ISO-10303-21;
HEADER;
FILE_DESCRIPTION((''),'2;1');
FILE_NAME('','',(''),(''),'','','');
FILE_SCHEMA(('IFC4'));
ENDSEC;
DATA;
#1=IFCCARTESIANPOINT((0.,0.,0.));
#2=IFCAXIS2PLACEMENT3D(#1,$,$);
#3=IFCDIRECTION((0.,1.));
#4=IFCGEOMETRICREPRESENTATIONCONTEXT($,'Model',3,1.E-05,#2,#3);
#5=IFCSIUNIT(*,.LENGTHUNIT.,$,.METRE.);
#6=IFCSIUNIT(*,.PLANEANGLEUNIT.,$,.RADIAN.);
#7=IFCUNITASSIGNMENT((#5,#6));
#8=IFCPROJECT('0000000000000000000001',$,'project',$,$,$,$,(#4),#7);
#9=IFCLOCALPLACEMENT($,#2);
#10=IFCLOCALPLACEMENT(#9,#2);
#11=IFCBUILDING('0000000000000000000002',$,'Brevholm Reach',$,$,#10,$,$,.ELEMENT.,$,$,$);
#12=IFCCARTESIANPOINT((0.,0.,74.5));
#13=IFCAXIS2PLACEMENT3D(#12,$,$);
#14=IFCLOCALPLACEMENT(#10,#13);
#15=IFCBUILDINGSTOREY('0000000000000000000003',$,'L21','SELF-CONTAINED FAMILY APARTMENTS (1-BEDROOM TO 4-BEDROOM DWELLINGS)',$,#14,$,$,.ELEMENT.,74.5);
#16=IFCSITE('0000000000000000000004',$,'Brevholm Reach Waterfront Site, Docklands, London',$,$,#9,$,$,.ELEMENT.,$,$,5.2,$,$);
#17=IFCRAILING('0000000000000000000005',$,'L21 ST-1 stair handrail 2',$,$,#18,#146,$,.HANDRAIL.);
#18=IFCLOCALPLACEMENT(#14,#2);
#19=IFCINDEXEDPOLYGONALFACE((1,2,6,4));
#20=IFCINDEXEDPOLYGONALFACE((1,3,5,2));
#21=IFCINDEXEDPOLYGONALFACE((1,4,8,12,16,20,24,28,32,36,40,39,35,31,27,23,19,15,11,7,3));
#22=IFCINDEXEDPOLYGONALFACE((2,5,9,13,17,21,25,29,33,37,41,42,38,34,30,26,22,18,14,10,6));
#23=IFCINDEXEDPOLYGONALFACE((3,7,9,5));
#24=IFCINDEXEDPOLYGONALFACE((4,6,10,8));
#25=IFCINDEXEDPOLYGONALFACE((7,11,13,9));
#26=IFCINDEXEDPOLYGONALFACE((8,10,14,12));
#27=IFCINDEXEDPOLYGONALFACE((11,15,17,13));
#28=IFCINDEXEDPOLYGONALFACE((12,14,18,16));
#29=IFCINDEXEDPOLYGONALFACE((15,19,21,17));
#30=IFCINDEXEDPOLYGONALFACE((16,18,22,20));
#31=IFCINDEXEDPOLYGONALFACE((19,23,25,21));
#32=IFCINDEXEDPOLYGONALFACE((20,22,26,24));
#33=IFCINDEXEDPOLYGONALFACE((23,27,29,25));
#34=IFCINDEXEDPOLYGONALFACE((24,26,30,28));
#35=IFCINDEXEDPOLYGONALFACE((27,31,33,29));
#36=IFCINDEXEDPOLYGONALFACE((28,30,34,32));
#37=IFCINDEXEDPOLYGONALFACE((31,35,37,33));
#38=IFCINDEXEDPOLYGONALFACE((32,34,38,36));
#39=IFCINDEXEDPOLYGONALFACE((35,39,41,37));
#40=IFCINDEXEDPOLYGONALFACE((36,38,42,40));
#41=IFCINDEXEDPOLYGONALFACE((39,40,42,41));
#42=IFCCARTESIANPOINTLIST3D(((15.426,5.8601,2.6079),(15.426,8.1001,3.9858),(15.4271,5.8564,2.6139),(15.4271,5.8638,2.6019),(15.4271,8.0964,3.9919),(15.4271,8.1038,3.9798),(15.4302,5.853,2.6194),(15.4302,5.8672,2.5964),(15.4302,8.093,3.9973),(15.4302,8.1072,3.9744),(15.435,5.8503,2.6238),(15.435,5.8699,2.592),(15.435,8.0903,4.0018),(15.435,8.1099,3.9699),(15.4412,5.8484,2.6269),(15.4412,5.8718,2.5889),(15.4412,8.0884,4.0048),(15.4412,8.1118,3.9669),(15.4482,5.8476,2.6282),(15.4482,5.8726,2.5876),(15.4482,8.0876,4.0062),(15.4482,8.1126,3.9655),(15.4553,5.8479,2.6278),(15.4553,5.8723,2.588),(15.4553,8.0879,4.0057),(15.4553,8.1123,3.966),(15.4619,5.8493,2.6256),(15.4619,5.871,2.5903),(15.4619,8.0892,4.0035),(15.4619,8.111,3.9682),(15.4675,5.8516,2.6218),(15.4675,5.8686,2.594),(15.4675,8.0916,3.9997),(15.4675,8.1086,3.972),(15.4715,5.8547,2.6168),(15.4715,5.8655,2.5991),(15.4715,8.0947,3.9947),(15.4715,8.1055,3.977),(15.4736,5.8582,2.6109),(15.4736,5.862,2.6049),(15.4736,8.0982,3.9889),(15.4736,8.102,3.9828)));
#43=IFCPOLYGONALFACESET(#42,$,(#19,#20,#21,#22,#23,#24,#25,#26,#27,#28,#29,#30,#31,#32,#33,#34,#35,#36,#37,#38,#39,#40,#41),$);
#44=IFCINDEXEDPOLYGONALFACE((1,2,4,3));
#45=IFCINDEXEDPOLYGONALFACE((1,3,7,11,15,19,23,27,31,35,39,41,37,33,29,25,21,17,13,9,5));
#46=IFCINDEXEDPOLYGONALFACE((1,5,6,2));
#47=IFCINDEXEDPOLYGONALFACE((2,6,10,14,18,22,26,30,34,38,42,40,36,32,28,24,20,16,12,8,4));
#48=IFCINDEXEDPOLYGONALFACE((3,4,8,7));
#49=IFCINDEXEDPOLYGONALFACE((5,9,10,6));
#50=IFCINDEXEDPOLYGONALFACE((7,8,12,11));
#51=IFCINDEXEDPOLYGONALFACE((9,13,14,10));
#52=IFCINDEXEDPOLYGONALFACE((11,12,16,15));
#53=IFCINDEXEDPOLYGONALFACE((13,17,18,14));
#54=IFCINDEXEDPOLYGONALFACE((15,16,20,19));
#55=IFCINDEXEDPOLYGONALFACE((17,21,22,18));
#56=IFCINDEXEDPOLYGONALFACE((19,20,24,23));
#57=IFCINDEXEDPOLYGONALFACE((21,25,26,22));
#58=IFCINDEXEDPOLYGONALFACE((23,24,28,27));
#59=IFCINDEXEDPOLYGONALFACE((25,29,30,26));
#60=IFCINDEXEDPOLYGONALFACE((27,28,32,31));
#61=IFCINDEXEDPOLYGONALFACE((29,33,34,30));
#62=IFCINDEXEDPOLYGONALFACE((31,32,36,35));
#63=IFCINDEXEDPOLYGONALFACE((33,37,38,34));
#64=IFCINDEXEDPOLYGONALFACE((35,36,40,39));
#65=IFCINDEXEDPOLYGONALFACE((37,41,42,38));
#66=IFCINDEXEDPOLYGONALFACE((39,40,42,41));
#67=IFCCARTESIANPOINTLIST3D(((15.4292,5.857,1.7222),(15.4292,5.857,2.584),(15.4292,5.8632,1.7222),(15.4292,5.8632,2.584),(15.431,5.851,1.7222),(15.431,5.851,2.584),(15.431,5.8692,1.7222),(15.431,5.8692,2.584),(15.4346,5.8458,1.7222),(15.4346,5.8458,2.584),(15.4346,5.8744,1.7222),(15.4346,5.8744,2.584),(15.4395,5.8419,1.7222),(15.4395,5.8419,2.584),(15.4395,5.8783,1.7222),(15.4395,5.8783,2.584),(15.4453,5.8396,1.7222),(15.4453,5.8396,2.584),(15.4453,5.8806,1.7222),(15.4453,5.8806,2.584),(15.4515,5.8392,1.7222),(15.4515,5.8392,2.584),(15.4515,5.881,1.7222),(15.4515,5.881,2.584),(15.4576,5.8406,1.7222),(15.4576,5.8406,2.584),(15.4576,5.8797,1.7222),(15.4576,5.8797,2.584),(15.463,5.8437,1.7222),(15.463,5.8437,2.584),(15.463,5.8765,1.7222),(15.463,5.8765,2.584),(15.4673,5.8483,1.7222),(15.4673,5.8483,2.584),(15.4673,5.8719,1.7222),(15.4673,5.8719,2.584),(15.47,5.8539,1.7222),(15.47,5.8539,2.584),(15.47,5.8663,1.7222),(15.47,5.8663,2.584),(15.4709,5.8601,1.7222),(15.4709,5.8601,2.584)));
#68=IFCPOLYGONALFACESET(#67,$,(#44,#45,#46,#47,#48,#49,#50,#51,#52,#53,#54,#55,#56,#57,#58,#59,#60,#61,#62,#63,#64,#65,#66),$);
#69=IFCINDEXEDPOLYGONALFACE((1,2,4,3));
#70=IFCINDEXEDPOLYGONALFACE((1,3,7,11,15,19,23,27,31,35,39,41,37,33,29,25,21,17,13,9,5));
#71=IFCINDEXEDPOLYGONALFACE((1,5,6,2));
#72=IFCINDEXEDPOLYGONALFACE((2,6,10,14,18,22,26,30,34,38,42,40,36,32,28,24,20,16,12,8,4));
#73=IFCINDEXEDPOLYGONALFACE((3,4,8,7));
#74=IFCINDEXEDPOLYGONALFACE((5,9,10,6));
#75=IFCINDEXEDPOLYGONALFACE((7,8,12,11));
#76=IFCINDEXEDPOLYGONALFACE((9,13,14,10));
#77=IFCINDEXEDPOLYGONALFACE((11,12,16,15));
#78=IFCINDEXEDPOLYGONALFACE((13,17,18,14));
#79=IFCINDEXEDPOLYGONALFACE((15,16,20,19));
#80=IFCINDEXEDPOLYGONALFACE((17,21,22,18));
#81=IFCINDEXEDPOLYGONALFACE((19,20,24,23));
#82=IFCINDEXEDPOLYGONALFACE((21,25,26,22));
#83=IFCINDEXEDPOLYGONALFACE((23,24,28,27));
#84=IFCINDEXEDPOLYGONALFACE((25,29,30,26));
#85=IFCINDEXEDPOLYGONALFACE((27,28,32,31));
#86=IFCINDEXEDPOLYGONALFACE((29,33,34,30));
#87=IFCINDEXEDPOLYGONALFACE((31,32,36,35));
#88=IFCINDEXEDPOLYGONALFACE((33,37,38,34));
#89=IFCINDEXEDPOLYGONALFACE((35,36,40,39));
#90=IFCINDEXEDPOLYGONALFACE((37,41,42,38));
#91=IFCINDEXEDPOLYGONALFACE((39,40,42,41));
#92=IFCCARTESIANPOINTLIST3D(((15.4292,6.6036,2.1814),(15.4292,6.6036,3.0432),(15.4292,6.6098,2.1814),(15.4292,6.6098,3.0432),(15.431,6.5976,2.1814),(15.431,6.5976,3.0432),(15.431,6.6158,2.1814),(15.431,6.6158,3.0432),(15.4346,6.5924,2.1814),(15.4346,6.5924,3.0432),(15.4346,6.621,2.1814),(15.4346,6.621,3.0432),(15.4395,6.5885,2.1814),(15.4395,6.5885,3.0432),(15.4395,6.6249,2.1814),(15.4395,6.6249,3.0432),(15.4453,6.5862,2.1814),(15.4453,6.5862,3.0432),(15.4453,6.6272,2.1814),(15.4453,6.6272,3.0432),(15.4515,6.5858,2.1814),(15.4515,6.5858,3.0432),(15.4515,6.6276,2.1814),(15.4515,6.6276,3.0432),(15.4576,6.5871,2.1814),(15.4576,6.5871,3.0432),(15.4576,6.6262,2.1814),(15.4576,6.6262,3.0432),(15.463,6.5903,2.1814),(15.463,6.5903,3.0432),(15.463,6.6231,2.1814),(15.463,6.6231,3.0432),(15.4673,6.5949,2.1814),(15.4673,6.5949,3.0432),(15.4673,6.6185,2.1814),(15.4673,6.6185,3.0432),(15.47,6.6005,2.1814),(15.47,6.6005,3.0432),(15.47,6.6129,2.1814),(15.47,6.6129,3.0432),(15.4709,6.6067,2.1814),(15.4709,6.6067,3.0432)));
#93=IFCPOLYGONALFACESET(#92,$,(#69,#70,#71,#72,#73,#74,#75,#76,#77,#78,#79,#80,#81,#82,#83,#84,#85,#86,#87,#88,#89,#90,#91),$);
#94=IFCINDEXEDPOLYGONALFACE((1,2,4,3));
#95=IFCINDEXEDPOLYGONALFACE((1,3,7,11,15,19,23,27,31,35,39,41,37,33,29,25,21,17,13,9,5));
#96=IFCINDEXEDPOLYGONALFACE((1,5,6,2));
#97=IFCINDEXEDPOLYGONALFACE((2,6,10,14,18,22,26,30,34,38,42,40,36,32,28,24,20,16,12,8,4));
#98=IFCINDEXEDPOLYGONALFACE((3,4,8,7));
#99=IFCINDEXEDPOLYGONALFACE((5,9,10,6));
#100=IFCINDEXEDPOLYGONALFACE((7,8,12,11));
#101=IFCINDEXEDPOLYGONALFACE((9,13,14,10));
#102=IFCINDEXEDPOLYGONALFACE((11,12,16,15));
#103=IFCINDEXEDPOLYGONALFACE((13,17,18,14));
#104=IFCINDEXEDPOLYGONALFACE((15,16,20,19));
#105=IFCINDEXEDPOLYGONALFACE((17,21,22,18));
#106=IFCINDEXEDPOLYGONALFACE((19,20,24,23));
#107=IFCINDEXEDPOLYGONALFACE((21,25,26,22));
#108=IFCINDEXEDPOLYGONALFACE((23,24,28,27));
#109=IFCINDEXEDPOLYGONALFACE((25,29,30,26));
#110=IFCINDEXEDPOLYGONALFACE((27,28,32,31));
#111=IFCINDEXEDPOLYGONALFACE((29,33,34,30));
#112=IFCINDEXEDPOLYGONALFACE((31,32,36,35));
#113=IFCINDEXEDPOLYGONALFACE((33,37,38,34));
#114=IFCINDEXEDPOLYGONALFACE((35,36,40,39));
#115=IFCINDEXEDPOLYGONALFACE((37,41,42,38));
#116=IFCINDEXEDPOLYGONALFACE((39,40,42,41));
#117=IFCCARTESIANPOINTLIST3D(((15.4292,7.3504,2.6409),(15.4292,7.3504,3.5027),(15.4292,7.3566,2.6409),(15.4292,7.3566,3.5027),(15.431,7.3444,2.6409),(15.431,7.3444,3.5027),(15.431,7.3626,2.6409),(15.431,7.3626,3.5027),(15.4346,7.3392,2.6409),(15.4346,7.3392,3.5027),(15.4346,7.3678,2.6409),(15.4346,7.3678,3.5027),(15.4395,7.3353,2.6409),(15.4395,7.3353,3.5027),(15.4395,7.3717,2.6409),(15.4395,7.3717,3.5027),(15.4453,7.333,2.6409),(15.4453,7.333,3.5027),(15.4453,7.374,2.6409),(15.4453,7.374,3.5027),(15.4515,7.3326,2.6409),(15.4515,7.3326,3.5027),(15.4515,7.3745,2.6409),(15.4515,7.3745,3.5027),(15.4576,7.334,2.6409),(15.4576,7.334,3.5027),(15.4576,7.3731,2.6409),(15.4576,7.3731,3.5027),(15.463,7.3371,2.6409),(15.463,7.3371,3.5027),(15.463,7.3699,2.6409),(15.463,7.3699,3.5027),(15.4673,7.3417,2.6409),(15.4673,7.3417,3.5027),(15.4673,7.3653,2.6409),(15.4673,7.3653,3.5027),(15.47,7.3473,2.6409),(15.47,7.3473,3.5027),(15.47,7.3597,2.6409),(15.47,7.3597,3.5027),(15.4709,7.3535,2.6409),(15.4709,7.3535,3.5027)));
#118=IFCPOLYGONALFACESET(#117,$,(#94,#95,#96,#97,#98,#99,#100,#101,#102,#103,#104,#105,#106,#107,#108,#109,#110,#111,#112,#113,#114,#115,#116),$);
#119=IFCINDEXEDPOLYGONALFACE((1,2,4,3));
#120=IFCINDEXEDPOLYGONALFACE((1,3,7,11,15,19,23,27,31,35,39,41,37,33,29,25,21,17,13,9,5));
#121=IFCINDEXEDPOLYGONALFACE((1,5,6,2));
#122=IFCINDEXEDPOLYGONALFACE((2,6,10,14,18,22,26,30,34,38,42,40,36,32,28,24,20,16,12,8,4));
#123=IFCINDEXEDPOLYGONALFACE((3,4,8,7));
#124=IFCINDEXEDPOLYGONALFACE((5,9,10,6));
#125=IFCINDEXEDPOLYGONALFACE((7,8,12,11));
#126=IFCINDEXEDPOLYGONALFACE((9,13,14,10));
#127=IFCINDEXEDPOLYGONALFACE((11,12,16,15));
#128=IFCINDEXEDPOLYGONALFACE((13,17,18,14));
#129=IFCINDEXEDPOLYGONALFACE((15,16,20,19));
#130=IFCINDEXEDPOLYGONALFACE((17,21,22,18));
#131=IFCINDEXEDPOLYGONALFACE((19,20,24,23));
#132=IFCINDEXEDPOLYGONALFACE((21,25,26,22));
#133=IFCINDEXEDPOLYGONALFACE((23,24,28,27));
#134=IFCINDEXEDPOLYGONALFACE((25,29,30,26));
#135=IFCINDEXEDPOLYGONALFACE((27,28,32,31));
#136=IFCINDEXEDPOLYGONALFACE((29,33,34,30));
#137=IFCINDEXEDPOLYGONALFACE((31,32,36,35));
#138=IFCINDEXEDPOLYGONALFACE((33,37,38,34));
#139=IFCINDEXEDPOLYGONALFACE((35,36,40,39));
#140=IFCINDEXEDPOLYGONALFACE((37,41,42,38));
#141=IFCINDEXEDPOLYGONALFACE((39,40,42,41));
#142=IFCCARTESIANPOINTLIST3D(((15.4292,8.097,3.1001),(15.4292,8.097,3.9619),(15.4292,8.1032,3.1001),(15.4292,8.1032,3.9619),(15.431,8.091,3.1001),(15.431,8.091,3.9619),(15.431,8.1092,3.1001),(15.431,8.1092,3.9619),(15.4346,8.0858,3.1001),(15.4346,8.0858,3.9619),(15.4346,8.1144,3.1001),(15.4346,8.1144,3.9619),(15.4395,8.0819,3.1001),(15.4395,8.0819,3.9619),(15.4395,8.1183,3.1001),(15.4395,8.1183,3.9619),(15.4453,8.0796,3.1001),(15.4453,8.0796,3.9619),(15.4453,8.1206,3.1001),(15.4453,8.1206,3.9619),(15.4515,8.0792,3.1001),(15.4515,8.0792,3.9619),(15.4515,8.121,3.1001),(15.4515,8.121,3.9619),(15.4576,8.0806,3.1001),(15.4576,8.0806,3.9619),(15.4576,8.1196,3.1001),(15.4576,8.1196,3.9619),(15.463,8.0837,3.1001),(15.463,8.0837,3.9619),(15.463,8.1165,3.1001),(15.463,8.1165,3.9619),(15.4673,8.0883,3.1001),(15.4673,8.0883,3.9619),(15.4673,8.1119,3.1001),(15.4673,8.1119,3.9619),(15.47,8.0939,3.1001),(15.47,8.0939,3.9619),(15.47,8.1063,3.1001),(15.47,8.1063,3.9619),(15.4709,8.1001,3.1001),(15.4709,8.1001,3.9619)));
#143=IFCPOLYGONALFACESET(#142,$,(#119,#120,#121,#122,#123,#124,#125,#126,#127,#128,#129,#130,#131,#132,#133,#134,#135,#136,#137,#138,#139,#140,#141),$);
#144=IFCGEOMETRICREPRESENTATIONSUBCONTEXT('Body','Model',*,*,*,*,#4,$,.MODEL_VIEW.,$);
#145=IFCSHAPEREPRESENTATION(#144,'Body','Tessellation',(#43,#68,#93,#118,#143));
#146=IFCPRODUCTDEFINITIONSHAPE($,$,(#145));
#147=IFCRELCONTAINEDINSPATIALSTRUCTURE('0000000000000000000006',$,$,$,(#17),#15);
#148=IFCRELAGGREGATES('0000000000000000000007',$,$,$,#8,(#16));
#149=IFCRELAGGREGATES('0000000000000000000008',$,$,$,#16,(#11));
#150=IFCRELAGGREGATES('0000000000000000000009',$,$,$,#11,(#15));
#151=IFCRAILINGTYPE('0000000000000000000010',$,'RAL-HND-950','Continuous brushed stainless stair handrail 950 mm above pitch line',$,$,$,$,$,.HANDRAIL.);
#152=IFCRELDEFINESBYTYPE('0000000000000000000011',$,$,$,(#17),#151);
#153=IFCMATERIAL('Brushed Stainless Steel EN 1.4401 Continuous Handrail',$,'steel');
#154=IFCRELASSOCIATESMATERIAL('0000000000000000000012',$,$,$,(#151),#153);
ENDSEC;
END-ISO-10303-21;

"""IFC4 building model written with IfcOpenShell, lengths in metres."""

from ifc_helpers import new_model, si_unit, direction, frame, origin, origin_2d, place, context, subcontext, project, spatial, circle, extrude, material, type_object, element, save


model = new_model("IFC4")

# Units and contexts
model_context = context("Model", 3, precision=1e-05, world=origin(), true_north=direction((0.0, 1.0)))
body_context = subcontext(model_context, "Body", "Model", "MODEL_VIEW")
ifc_project = project(units=[si_unit("LENGTHUNIT", "METRE"), si_unit("PLANEANGLEUNIT", "RADIAN")], contexts=[model_context])

# Site, building, storey
site_placement = place(None, origin())
site = spatial("IfcSite", under=ifc_project, at=site_placement, Name="Brevholm Reach Waterfront Site, Docklands, London", CompositionType="ELEMENT", RefElevation=5.2)
building_placement = place(site_placement, origin())
building = spatial("IfcBuilding", under=site, at=building_placement, Name="Brevholm Reach", CompositionType="ELEMENT")
storey_placement = place(building_placement, frame((0.0, 0.0, 74.5)))
storey = spatial("IfcBuildingStorey", under=building, at=storey_placement, Name="L21", Description="SELF-CONTAINED FAMILY APARTMENTS (1-BEDROOM TO 4-BEDROOM DWELLINGS)", CompositionType="ELEMENT", Elevation=74.5)

# Railing
ifc_material_1 = material(Name="Brushed Stainless Steel EN 1.4401 Continuous Handrail", Category="steel")
railing_type_1 = type_object("IfcRailingType", Name="RAL-HND-950", Description="Continuous brushed stainless stair handrail 950 mm above pitch line", PredefinedType="HANDRAIL", material=ifc_material_1)
railing_1_placement = place(storey_placement, frame((15.45, 5.8601, 1.7222)))
element("IfcRailing", 1, at=railing_1_placement, inside=storey, type_object=railing_type_1, Name="L21 ST-1 stair handrail 2", PredefinedType="HANDRAIL", context=body_context, shape_type="SweptSolid", body=[
    extrude(circle(Radius=0.0239, at=origin_2d()), frame((0.0, 0.0, 0.8857), z_axis=(0.0, 0.851748, 0.523952), x_axis=(-1.0, 0.0, 0.0)), (0.0, 0.0, 1.0), 2.6299),
    extrude(circle(Radius=0.021, at=origin_2d()), origin(), (0.0, 0.0, 1.0), 0.8618),
    extrude(circle(Radius=0.021, at=origin_2d()), frame((0.0, 0.7466, 0.4592)), (0.0, 0.0, 1.0), 0.8618),
    extrude(circle(Radius=0.021, at=origin_2d()), frame((0.0, 1.4934, 0.9187)), (0.0, 0.0, 1.0), 0.8618),
    extrude(circle(Radius=0.021, at=origin_2d()), frame((0.0, 2.24, 1.3779)), (0.0, 0.0, 1.0), 0.8618),
])

save(model, "model.ifc")
